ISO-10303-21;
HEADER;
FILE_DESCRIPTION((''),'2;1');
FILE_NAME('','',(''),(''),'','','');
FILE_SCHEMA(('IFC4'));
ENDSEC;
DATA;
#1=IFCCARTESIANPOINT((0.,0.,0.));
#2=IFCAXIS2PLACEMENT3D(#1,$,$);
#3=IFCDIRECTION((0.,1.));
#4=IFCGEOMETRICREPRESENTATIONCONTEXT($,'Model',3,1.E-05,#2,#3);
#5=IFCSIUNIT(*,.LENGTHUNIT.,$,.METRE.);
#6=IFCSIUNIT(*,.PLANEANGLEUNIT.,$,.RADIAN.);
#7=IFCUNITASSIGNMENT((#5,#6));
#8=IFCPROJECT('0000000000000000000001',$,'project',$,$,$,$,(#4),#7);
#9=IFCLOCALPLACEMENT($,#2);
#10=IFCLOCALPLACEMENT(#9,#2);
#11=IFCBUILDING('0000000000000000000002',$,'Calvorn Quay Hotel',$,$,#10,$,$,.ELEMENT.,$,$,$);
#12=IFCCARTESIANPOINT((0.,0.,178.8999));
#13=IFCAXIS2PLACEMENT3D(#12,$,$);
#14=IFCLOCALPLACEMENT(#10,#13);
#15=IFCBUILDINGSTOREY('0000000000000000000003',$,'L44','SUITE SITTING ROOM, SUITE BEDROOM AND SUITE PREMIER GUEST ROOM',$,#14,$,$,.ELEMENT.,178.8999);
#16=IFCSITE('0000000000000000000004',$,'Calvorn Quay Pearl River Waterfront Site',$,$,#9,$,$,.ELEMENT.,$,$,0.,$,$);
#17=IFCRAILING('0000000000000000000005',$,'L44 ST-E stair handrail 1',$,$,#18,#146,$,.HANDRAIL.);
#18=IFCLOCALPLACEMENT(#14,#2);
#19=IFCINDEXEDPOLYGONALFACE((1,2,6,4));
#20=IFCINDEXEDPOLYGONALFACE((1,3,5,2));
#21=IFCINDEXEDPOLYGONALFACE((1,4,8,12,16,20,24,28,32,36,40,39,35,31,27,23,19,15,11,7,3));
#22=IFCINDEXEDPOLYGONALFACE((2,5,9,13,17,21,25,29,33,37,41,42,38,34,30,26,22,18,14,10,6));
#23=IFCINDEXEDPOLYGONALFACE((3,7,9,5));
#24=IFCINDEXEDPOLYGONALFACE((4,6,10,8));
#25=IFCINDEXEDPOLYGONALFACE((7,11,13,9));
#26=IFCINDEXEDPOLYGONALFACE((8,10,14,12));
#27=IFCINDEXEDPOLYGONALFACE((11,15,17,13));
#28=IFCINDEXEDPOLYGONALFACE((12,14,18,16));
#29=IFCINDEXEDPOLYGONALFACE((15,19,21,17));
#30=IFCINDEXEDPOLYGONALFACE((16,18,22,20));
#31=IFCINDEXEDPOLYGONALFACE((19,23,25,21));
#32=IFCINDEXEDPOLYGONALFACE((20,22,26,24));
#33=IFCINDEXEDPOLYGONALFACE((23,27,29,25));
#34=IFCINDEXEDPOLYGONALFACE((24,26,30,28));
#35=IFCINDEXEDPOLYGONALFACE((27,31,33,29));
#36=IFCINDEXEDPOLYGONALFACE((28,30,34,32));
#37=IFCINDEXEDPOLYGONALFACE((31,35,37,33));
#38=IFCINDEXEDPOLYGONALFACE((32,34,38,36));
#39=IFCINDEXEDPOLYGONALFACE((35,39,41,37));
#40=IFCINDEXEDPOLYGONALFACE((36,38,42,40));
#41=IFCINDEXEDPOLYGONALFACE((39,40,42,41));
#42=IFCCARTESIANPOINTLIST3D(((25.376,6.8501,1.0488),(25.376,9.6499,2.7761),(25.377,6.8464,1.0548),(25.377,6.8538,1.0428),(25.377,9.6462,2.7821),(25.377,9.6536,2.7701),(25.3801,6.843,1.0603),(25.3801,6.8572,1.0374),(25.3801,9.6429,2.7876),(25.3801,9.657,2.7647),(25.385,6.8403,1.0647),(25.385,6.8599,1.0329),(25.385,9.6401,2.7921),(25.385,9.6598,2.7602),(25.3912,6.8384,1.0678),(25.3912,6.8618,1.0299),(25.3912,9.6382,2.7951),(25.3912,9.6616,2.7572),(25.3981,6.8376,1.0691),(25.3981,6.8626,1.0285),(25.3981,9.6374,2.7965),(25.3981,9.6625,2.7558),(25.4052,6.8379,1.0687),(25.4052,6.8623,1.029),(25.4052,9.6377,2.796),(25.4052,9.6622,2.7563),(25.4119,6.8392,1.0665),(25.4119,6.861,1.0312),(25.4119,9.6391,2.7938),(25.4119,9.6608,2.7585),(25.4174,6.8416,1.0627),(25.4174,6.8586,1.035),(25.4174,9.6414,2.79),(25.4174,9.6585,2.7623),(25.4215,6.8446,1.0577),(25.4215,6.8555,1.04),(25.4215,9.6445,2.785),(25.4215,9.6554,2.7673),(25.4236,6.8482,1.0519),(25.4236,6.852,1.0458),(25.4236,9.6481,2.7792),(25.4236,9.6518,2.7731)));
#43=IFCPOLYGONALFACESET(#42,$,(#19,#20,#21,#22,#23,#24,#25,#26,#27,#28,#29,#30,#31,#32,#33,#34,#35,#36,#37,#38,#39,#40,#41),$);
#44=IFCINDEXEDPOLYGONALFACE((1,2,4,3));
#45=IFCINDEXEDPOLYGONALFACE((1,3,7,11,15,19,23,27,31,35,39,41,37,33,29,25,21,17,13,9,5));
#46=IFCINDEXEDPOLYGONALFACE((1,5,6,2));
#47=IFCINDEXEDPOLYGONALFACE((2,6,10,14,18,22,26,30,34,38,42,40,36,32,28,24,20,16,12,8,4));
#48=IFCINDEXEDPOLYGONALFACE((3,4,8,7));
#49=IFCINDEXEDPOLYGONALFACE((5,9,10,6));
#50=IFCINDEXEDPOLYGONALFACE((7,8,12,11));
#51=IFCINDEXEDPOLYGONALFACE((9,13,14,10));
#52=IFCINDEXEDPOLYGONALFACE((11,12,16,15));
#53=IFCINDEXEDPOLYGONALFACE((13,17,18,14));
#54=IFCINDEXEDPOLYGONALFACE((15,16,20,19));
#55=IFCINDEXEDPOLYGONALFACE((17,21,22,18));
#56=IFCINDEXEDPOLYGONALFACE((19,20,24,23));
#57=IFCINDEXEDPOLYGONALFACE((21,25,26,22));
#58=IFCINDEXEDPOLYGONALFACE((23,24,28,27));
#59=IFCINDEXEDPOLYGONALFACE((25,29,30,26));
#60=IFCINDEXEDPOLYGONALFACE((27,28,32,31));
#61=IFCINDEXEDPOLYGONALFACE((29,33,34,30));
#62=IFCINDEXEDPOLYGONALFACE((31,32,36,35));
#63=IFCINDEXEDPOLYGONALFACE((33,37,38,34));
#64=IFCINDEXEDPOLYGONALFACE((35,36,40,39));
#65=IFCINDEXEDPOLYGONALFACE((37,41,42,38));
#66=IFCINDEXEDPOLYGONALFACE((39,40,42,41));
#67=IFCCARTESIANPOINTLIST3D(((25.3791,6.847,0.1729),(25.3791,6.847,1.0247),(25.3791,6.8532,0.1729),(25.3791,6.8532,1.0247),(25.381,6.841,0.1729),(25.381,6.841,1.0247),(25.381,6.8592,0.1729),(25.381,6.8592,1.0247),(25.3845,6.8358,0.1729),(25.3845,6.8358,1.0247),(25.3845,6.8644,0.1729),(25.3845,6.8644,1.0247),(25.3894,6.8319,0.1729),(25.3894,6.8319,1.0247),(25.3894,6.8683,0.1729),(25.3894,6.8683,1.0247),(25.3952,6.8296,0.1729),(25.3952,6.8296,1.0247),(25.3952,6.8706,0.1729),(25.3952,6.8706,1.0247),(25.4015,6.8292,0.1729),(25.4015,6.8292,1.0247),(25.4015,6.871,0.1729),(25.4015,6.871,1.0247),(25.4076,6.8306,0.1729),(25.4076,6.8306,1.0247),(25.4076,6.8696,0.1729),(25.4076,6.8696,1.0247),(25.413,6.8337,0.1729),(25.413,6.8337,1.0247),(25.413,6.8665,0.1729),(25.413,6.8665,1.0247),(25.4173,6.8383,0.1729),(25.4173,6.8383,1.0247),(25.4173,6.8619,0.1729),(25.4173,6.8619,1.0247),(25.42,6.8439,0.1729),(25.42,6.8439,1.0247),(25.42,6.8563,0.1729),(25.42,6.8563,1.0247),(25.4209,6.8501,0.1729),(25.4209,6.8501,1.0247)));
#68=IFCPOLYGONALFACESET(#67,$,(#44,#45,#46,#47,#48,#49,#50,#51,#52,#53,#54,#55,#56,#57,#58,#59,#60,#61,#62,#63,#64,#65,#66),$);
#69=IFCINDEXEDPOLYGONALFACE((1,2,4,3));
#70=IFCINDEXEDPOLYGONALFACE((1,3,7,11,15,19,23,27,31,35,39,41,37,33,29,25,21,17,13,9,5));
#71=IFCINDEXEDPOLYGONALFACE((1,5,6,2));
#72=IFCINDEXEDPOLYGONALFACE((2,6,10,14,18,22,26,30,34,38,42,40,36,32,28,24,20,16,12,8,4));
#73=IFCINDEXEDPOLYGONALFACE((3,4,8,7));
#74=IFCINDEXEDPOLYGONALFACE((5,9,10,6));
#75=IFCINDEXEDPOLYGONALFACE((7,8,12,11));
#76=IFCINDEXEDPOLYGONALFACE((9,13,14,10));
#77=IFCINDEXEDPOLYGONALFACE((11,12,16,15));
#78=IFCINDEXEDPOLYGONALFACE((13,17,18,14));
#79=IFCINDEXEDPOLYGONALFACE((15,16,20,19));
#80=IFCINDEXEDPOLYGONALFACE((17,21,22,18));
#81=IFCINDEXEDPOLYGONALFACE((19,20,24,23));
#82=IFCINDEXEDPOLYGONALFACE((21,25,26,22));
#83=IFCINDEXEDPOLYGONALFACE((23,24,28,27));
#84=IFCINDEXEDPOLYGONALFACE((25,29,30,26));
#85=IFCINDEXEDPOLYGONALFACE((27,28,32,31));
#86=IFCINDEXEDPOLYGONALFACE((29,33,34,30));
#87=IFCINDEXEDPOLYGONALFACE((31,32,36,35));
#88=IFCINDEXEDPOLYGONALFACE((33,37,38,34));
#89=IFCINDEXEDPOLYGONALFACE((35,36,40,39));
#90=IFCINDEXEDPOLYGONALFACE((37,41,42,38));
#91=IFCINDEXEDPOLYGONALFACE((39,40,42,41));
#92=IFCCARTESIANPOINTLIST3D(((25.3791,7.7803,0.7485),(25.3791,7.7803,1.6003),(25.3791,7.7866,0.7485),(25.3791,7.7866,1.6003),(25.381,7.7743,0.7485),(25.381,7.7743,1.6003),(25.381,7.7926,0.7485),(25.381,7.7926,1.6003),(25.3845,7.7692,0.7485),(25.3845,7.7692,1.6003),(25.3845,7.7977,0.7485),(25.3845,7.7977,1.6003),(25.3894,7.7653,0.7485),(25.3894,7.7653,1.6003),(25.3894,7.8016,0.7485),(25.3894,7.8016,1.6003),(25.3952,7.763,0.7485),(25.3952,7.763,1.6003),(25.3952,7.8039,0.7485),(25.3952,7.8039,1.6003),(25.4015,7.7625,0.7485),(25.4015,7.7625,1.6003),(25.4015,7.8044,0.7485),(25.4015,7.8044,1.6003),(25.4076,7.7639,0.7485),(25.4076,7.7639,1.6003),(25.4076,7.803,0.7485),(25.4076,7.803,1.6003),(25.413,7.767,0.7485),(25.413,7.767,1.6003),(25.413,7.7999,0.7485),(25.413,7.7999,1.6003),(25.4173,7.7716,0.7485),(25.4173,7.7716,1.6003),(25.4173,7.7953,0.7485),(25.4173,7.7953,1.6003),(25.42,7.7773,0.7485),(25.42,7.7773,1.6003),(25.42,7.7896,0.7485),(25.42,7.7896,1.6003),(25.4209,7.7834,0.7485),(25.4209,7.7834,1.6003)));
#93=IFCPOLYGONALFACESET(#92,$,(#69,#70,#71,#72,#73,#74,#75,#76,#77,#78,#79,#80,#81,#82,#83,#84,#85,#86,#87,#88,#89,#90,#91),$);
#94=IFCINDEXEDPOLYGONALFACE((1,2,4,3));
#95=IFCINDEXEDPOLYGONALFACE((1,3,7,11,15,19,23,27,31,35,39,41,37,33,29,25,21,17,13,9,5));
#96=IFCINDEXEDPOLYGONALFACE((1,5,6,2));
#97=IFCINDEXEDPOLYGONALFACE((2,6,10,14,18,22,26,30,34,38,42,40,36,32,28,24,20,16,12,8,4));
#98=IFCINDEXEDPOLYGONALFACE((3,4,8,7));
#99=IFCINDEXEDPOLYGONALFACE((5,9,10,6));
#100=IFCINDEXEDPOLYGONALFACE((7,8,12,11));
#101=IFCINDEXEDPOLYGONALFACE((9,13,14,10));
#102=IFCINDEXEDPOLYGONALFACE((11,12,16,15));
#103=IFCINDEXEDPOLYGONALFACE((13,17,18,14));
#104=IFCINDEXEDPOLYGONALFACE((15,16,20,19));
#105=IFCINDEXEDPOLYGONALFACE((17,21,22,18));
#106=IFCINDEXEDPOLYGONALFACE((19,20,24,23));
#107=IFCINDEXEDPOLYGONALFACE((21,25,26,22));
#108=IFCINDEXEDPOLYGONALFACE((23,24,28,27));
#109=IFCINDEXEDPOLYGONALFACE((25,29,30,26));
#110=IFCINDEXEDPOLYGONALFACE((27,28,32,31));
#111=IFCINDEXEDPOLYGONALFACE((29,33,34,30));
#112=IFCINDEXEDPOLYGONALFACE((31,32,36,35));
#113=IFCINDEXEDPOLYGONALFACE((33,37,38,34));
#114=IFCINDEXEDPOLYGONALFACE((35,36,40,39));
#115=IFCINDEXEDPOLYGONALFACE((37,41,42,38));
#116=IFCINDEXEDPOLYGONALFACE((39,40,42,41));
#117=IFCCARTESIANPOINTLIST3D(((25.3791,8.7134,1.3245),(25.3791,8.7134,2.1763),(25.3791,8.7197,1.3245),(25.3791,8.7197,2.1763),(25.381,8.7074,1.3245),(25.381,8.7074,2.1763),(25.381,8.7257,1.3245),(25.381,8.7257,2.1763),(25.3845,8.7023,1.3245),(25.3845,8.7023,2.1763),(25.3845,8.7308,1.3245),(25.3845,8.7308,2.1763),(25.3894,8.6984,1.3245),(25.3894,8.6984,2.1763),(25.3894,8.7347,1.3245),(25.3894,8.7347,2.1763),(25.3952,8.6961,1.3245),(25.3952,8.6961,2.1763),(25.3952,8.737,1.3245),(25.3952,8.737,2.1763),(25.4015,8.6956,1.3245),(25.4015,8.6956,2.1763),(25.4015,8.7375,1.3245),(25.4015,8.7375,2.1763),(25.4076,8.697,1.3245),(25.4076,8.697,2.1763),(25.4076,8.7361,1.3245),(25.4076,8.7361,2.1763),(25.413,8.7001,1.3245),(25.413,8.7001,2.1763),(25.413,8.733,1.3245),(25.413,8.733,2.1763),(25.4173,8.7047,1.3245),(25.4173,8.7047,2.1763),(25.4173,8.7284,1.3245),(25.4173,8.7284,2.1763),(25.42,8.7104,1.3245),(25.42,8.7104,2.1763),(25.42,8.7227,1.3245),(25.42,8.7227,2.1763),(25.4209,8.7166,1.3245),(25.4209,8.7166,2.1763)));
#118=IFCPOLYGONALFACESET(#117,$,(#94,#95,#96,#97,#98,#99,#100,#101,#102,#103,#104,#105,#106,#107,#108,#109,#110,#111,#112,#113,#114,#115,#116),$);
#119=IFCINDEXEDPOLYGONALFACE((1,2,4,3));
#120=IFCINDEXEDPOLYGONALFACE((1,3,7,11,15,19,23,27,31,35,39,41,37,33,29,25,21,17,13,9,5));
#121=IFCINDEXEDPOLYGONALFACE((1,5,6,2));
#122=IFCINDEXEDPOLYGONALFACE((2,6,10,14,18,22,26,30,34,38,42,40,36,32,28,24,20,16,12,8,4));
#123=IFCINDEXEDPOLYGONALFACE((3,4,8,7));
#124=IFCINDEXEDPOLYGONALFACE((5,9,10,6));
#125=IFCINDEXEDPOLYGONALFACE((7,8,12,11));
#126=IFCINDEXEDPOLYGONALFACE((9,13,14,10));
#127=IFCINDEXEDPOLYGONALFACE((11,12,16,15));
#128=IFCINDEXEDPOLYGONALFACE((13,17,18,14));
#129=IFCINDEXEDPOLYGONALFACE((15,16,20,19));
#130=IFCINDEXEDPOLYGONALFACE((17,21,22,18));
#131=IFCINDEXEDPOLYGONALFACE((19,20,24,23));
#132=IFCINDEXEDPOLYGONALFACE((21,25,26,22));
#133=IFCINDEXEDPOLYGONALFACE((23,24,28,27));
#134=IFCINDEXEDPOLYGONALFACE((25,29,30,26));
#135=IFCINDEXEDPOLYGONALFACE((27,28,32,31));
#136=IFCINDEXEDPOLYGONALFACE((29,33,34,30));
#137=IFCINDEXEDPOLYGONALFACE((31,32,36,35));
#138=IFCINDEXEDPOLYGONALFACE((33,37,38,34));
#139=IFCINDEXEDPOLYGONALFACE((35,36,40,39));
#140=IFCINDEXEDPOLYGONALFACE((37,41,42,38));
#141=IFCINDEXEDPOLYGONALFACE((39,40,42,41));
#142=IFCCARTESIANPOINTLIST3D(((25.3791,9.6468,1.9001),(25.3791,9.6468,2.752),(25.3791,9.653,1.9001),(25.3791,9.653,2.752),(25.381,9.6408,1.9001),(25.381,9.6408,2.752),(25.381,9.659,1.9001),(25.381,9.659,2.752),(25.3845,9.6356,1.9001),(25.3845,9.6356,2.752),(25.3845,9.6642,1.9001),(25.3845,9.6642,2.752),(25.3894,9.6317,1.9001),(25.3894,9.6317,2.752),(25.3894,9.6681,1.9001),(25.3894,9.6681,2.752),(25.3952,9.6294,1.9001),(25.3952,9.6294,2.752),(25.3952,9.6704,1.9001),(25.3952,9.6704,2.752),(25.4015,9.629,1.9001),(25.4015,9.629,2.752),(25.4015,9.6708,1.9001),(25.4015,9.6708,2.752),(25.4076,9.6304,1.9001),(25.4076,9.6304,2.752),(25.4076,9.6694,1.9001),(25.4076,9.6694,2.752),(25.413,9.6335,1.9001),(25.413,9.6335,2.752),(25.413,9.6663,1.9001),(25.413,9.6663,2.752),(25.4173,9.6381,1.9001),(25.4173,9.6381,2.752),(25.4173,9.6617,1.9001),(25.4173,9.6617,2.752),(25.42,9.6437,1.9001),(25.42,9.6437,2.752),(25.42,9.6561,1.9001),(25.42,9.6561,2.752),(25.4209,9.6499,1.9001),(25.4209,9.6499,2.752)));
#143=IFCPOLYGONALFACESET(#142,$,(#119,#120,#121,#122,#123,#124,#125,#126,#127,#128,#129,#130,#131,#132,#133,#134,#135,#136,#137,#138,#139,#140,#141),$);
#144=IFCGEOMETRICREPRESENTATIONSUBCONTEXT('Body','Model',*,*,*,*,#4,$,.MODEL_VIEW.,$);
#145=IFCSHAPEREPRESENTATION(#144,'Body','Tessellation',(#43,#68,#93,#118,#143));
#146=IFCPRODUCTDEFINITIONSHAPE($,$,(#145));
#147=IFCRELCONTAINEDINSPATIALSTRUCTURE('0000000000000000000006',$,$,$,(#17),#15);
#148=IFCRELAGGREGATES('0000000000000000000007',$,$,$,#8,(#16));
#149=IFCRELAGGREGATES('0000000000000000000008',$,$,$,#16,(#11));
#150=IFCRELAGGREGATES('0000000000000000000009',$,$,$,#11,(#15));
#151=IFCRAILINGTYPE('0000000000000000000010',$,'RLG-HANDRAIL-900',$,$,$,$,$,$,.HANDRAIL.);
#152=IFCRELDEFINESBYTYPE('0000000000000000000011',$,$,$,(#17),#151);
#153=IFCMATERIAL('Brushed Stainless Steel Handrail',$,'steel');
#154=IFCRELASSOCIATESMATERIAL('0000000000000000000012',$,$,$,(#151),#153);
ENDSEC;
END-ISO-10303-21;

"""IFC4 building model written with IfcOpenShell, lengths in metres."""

from ifc_helpers import new_model, si_unit, direction, frame, origin, origin_2d, place, context, subcontext, project, spatial, circle, extrude, material, type_object, element, save


model = new_model("IFC4")

# Units and contexts
model_context = context("Model", 3, precision=1e-05, world=origin(), true_north=direction((0.0, 1.0)))
body_context = subcontext(model_context, "Body", "Model", "MODEL_VIEW")
ifc_project = project(units=[si_unit("LENGTHUNIT", "METRE"), si_unit("PLANEANGLEUNIT", "RADIAN")], contexts=[model_context])

# Site, building, storey
site_placement = place(None, origin())
site = spatial("IfcSite", under=ifc_project, at=site_placement, Name="Calvorn Quay Pearl River Waterfront Site", CompositionType="ELEMENT", RefElevation=0.0)
building_placement = place(site_placement, origin())
building = spatial("IfcBuilding", under=site, at=building_placement, Name="Calvorn Quay Hotel", CompositionType="ELEMENT")
storey_placement = place(building_placement, frame((0.0, 0.0, 178.8999)))
storey = spatial("IfcBuildingStorey", under=building, at=storey_placement, Name="L44", Description="SUITE SITTING ROOM, SUITE BEDROOM AND SUITE PREMIER GUEST ROOM", CompositionType="ELEMENT", Elevation=178.8999)

# Railing
ifc_material_1 = material(Name="Brushed Stainless Steel Handrail", Category="steel")
railing_type_1 = type_object("IfcRailingType", Name="RLG-HANDRAIL-900", PredefinedType="HANDRAIL", material=ifc_material_1)
railing_1_placement = place(storey_placement, frame((25.3999, 6.8501, 0.1729)))
element("IfcRailing", 1, at=railing_1_placement, inside=storey, type_object=railing_type_1, Name="L44 ST-E stair handrail 1", PredefinedType="HANDRAIL", context=body_context, shape_type="SweptSolid", body=[
    extrude(circle(Radius=0.0239, at=origin_2d()), frame((0.0, 0.0, 0.876), z_axis=(0.0, 0.851069, 0.525054), x_axis=(-1.0, 0.0, 0.0)), (0.0, 0.0, 1.0), 3.2898),
    extrude(circle(Radius=0.021, at=origin_2d()), origin(), (0.0, 0.0, 1.0), 0.8518),
    extrude(circle(Radius=0.021, at=origin_2d()), frame((0.0, 0.9333, 0.5757)), (0.0, 0.0, 1.0), 0.8518),
    extrude(circle(Radius=0.021, at=origin_2d()), frame((0.0, 1.8665, 1.1516)), (0.0, 0.0, 1.0), 0.8518),
    extrude(circle(Radius=0.021, at=origin_2d()), frame((0.0, 2.7998, 1.7273)), (0.0, 0.0, 1.0), 0.8518),
])

save(model, "model.ifc")
